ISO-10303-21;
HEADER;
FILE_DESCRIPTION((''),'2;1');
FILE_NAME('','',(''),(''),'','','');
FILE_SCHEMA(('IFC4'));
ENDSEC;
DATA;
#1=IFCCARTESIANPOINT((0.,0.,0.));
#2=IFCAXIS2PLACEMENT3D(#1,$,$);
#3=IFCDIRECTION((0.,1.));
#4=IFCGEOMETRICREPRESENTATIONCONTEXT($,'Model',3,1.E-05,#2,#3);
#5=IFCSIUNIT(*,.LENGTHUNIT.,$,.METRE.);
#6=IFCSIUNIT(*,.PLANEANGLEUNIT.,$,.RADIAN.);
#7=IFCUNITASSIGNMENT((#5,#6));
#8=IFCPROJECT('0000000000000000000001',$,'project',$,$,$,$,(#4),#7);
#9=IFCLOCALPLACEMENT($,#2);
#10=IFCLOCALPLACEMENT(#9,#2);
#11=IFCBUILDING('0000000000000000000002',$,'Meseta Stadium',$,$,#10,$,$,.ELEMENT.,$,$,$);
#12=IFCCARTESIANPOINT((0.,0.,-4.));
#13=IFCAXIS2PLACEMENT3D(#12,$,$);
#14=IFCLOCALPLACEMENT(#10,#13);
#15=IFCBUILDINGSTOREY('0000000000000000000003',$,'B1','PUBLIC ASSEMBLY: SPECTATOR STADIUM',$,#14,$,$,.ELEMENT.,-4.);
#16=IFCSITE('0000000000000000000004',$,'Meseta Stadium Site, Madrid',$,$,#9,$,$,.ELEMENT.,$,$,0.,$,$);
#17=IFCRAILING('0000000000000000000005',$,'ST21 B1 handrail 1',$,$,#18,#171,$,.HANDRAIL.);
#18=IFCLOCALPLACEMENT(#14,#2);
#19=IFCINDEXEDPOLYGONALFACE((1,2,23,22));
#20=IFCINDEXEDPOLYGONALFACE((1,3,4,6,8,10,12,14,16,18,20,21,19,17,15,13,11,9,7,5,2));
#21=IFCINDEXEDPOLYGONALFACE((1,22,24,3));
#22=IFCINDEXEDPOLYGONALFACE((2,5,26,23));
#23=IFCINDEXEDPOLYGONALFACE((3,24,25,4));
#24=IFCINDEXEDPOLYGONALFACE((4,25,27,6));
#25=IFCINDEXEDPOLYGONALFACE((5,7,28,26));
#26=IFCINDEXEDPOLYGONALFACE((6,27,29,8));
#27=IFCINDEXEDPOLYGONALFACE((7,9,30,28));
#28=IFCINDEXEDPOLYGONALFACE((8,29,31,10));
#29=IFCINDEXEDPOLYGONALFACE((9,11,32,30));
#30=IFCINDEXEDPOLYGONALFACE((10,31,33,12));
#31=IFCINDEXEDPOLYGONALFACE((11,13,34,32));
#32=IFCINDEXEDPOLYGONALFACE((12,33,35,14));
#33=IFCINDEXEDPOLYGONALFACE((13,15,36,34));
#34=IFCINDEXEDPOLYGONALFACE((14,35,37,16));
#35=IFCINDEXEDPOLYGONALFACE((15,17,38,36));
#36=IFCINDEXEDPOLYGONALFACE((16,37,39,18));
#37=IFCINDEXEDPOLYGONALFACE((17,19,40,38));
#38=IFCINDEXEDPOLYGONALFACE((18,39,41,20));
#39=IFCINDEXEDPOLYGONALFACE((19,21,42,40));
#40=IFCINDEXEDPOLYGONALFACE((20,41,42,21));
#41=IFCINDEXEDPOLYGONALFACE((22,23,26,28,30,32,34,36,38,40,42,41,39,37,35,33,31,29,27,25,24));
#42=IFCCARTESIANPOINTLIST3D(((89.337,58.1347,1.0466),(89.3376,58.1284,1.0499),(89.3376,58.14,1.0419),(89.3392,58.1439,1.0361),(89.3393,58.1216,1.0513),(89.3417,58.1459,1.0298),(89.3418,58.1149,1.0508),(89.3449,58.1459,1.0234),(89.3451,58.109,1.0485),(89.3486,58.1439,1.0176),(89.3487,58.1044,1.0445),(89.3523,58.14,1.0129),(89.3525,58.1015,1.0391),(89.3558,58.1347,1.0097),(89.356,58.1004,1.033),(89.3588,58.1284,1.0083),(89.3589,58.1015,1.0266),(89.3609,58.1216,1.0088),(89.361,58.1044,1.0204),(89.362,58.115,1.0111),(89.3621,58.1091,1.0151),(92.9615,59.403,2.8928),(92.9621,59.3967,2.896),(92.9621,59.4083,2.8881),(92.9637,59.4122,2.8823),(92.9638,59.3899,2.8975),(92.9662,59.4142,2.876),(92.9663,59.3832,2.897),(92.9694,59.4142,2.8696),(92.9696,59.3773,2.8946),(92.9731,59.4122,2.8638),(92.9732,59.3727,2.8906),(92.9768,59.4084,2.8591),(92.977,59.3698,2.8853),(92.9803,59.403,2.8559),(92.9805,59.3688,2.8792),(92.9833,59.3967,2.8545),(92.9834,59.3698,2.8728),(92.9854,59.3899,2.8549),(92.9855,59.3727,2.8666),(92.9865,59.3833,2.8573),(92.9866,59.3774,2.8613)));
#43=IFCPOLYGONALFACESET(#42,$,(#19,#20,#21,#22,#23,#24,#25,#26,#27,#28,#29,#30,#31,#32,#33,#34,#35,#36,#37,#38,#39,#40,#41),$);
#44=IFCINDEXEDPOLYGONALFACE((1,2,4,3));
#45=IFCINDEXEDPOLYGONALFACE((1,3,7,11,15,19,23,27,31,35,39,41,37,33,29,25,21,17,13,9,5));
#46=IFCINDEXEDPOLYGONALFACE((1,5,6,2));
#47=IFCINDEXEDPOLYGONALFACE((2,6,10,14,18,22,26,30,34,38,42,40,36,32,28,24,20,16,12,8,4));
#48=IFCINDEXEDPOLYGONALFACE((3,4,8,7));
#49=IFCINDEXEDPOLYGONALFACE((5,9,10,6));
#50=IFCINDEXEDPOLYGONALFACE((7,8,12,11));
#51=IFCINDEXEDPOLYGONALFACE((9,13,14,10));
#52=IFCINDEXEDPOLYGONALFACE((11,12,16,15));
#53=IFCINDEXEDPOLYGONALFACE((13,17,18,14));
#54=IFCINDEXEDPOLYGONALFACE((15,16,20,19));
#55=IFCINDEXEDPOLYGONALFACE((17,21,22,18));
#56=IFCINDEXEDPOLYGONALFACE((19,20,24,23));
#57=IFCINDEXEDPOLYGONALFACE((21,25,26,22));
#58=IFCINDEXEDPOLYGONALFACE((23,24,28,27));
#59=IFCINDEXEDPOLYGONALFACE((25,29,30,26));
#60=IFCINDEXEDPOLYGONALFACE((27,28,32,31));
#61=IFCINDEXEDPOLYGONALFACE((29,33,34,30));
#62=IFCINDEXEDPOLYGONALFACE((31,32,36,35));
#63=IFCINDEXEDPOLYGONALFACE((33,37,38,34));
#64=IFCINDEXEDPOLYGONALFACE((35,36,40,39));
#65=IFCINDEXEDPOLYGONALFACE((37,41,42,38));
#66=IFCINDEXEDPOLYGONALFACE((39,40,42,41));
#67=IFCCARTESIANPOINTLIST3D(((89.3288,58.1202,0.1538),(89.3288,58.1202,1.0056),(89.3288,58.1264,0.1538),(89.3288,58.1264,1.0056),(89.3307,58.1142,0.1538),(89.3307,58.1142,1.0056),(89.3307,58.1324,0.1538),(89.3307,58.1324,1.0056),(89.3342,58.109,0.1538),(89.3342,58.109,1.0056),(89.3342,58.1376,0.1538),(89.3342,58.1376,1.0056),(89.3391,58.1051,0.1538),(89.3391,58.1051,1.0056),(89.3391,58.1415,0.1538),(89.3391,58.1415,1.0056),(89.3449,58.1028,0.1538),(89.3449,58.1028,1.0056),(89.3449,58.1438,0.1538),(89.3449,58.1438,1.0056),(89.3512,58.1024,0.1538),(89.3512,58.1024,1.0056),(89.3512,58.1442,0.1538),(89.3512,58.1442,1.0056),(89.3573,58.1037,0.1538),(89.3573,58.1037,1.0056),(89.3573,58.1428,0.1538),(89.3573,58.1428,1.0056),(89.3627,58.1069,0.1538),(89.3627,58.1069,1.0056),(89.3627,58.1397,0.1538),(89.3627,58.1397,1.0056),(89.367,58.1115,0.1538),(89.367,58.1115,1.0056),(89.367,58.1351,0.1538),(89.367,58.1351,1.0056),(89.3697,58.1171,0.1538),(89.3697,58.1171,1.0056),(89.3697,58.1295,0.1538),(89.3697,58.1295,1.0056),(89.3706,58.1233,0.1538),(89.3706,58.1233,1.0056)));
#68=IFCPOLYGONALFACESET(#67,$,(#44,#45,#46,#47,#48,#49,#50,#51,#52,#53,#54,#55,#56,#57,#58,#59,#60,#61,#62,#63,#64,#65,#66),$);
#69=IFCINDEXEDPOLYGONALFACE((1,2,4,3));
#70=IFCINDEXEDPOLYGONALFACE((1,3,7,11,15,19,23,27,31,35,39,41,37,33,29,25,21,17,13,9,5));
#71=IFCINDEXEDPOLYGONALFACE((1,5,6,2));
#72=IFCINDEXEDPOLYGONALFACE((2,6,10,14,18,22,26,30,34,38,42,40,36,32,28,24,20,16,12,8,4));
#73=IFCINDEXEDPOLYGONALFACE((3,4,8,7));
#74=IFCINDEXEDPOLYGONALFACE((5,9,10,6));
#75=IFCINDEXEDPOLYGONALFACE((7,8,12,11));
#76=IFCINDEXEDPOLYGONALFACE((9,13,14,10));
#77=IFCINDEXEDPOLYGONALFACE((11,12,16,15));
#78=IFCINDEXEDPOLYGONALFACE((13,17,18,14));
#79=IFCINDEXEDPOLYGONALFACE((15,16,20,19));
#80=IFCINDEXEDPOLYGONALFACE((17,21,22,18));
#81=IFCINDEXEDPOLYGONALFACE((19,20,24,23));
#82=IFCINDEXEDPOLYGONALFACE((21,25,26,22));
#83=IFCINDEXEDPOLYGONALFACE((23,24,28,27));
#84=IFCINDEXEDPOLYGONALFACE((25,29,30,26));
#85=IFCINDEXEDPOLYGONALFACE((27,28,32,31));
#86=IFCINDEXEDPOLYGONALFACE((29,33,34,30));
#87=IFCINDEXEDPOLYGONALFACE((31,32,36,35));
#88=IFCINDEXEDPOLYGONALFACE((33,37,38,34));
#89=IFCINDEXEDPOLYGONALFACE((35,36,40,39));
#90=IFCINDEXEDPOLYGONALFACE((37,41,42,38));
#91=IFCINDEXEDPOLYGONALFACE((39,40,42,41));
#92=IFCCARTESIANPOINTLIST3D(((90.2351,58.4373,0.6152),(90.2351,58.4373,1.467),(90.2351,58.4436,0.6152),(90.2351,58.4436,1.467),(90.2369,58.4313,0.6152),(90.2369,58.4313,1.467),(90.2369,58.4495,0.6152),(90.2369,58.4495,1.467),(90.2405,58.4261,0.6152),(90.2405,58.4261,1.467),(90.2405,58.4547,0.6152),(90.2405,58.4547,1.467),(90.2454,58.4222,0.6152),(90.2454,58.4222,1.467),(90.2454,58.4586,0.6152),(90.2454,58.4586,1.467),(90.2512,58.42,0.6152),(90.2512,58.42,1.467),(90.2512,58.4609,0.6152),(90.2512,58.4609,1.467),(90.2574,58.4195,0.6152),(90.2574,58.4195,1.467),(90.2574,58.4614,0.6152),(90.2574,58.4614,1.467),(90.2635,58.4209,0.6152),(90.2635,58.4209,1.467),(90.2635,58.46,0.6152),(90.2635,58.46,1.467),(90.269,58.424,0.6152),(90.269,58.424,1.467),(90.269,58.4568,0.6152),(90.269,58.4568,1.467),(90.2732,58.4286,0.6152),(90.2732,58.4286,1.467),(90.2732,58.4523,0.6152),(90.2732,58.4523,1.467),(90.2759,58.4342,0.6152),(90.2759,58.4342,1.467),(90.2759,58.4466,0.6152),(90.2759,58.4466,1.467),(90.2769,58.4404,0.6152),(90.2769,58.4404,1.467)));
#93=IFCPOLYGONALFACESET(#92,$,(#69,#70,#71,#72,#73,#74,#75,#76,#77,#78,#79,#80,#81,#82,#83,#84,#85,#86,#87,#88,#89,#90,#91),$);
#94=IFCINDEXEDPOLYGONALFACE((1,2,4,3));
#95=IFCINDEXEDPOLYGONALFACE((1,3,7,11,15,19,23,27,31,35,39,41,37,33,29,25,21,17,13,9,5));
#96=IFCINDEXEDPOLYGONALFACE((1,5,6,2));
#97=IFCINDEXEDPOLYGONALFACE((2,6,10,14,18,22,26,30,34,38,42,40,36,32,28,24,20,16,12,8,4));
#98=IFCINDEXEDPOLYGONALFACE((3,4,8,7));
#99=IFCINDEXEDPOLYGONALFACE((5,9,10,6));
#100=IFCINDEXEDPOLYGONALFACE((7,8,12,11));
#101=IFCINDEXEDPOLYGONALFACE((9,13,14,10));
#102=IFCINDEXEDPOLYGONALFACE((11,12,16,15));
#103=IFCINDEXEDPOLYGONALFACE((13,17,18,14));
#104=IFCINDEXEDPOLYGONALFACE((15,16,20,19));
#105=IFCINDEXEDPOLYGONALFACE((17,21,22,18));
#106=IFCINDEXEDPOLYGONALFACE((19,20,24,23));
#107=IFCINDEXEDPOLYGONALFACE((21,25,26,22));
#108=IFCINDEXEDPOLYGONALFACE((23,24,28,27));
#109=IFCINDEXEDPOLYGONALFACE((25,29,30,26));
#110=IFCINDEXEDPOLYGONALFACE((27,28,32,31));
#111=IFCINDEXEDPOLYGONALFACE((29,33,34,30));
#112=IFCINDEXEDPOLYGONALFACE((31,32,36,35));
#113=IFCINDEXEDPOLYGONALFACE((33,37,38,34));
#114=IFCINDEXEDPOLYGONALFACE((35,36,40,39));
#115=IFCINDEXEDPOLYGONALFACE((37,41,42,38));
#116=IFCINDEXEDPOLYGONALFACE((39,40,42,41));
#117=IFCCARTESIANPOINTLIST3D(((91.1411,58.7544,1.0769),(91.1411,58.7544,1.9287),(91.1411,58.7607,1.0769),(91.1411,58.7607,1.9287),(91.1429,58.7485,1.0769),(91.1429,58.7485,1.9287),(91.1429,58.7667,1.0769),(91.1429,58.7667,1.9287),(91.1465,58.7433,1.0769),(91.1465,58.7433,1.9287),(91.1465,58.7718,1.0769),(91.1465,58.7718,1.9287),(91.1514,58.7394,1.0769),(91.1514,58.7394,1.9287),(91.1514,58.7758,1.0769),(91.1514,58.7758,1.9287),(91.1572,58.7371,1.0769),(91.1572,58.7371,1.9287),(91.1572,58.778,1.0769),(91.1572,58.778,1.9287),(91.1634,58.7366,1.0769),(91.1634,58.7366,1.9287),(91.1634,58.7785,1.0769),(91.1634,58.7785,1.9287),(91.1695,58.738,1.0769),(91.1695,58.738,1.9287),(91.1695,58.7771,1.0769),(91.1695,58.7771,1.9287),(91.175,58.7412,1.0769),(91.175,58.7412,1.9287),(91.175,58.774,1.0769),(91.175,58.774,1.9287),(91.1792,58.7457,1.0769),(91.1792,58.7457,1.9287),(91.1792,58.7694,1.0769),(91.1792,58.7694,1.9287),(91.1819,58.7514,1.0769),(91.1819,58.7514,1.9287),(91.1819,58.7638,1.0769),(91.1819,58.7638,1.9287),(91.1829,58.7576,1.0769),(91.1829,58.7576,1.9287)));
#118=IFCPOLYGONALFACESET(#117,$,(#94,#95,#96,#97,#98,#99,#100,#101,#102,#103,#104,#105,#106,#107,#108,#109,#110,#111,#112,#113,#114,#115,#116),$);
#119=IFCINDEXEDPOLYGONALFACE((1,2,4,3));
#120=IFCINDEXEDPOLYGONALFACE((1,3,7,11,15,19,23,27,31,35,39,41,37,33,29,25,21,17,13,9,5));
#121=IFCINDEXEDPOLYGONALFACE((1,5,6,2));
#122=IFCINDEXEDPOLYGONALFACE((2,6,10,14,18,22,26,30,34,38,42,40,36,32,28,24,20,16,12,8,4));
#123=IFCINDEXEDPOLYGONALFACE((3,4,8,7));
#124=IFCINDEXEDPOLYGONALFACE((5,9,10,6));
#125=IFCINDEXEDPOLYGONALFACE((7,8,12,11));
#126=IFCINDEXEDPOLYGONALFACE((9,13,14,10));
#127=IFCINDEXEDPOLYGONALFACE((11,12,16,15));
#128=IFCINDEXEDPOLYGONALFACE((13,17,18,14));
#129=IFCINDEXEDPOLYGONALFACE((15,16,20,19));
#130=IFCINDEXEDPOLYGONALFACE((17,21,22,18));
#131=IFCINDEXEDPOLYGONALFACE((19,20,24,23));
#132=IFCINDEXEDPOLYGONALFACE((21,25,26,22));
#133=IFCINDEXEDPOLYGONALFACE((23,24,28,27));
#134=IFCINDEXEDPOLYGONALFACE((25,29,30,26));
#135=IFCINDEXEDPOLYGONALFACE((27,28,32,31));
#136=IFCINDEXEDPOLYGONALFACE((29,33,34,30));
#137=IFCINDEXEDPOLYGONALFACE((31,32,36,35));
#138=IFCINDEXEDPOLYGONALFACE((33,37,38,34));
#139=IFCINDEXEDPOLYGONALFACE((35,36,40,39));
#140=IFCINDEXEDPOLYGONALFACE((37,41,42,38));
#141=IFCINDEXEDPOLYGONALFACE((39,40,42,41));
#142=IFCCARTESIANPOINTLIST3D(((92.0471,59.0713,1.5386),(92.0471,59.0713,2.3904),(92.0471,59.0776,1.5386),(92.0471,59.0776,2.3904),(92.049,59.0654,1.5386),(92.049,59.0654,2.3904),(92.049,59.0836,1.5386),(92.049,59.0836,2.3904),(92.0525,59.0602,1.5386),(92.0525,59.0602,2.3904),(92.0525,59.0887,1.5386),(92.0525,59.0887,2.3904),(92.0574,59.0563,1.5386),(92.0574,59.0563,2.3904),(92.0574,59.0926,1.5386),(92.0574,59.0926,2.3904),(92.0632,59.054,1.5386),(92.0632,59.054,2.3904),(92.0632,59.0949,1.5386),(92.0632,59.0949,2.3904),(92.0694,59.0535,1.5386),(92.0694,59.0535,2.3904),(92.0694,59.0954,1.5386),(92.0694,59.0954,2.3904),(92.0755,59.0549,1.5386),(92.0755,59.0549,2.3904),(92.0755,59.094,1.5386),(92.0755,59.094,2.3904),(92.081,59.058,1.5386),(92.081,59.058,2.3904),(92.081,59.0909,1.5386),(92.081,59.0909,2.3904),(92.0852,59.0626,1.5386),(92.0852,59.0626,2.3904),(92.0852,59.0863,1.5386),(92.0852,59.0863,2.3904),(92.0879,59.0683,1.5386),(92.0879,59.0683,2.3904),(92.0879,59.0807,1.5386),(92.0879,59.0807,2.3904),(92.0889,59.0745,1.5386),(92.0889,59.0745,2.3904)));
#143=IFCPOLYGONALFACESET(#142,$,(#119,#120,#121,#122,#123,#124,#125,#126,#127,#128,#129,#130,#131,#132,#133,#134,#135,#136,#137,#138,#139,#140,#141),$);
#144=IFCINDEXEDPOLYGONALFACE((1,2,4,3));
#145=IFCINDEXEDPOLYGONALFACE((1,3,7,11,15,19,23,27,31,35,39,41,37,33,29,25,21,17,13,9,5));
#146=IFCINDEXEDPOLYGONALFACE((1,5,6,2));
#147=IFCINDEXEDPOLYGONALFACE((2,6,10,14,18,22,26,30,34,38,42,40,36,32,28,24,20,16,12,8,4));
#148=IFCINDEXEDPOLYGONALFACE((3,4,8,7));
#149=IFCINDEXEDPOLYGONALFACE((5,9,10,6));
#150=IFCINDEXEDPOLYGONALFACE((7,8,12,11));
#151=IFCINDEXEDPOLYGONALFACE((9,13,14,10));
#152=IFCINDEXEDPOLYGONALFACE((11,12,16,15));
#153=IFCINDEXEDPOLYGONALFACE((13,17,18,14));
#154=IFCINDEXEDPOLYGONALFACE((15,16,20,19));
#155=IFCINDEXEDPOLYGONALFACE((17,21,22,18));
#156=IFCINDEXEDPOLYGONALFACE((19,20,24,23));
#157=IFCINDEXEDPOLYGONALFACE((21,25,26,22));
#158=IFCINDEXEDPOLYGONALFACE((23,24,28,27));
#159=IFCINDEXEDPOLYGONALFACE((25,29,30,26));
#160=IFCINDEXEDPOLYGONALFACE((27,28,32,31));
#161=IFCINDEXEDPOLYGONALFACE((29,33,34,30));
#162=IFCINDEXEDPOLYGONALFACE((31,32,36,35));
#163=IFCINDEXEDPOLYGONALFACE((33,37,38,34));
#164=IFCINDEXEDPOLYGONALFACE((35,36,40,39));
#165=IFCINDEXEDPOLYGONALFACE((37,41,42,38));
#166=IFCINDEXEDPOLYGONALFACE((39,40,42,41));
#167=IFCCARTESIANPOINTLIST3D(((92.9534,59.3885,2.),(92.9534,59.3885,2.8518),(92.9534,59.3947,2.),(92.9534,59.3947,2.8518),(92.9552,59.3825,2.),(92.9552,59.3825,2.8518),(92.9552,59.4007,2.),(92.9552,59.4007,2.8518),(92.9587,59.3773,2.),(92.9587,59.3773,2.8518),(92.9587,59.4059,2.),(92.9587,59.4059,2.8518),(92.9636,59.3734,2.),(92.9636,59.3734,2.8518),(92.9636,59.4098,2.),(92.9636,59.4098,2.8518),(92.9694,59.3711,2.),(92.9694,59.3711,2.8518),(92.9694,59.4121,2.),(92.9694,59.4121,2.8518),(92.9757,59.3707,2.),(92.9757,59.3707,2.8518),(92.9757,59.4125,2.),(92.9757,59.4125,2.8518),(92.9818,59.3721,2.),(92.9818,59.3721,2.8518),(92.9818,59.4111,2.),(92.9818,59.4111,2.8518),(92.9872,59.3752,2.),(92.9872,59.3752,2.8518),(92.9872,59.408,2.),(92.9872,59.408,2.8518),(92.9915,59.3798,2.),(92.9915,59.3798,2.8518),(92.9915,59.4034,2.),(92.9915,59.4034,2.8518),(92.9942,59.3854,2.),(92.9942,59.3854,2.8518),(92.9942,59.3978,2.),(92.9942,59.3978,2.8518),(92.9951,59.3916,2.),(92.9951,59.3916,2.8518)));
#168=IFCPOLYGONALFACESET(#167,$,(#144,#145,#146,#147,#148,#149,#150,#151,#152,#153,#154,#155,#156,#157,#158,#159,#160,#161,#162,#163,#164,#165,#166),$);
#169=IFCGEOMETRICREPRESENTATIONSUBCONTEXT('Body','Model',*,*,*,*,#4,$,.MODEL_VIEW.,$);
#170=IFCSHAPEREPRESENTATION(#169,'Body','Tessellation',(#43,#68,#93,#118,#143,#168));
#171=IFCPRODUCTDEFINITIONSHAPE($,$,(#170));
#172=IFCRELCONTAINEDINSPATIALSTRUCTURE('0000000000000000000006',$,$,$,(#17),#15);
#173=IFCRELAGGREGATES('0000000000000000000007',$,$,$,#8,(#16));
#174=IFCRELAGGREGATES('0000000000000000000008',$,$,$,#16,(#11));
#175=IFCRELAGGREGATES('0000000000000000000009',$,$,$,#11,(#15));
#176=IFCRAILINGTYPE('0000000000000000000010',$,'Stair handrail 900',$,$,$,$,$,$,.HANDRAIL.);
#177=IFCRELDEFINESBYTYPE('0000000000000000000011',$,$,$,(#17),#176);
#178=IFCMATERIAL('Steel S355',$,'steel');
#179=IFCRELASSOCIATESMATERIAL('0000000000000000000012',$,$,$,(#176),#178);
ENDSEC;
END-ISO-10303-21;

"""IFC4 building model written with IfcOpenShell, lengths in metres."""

from ifc_helpers import new_model, si_unit, direction, frame, origin, origin_2d, place, context, subcontext, project, spatial, circle, extrude, material, type_object, element, save


model = new_model("IFC4")

# Units and contexts
model_context = context("Model", 3, precision=1e-05, world=origin(), true_north=direction((0.0, 1.0)))
body_context = subcontext(model_context, "Body", "Model", "MODEL_VIEW")
ifc_project = project(units=[si_unit("LENGTHUNIT", "METRE"), si_unit("PLANEANGLEUNIT", "RADIAN")], contexts=[model_context])

# Site, building, storey
site_placement = place(None, origin())
site = spatial("IfcSite", under=ifc_project, at=site_placement, Name="Meseta Stadium Site, Madrid", CompositionType="ELEMENT", RefElevation=0.0)
building_placement = place(site_placement, origin())
building = spatial("IfcBuilding", under=site, at=building_placement, Name="Meseta Stadium", CompositionType="ELEMENT")
storey_placement = place(building_placement, frame((0.0, 0.0, -4.0)))
storey = spatial("IfcBuildingStorey", under=building, at=storey_placement, Name="B1", Description="PUBLIC ASSEMBLY: SPECTATOR STADIUM", CompositionType="ELEMENT", Elevation=-4.0)

# Railing
ifc_material_1 = material(Name="Steel S355", Category="steel")
railing_type_1 = type_object("IfcRailingType", Name="Stair handrail 900", PredefinedType="HANDRAIL", material=ifc_material_1)
for number, where, name in (
    (1, (89.3496, 58.1233, 0.1538), "ST21 B1 handrail 1"),
):
    element("IfcRailing", number, at=place(storey_placement, frame(where)), inside=storey, type_object=railing_type_1, Name=name, PredefinedType="HANDRAIL", context=body_context, shape_type="SweptSolid", body=[
        extrude(circle(Radius=0.0239, at=origin_2d()), frame((0.0, 0.0, 0.876), z_axis=(0.850672, 0.297672, 0.4333), x_axis=(-0.330288, 0.94388, 0.0)), (0.0, 0.0, 1.0), 4.2607),
        extrude(circle(Radius=0.021, at=origin_2d()), origin(), (0.0, 0.0, 1.0), 0.8518),
        extrude(circle(Radius=0.021, at=origin_2d()), frame((0.9062, 0.3171, 0.4614)), (0.0, 0.0, 1.0), 0.8518),
        extrude(circle(Radius=0.021, at=origin_2d()), frame((1.8123, 0.6343, 0.9231)), (0.0, 0.0, 1.0), 0.8518),
        extrude(circle(Radius=0.021, at=origin_2d()), frame((2.7183, 0.9512, 1.3848)), (0.0, 0.0, 1.0), 0.8518),
        extrude(circle(Radius=0.021, at=origin_2d()), frame((3.6245, 1.2683, 1.8462)), (0.0, 0.0, 1.0), 0.8518),
    ])

save(model, "model.ifc")
